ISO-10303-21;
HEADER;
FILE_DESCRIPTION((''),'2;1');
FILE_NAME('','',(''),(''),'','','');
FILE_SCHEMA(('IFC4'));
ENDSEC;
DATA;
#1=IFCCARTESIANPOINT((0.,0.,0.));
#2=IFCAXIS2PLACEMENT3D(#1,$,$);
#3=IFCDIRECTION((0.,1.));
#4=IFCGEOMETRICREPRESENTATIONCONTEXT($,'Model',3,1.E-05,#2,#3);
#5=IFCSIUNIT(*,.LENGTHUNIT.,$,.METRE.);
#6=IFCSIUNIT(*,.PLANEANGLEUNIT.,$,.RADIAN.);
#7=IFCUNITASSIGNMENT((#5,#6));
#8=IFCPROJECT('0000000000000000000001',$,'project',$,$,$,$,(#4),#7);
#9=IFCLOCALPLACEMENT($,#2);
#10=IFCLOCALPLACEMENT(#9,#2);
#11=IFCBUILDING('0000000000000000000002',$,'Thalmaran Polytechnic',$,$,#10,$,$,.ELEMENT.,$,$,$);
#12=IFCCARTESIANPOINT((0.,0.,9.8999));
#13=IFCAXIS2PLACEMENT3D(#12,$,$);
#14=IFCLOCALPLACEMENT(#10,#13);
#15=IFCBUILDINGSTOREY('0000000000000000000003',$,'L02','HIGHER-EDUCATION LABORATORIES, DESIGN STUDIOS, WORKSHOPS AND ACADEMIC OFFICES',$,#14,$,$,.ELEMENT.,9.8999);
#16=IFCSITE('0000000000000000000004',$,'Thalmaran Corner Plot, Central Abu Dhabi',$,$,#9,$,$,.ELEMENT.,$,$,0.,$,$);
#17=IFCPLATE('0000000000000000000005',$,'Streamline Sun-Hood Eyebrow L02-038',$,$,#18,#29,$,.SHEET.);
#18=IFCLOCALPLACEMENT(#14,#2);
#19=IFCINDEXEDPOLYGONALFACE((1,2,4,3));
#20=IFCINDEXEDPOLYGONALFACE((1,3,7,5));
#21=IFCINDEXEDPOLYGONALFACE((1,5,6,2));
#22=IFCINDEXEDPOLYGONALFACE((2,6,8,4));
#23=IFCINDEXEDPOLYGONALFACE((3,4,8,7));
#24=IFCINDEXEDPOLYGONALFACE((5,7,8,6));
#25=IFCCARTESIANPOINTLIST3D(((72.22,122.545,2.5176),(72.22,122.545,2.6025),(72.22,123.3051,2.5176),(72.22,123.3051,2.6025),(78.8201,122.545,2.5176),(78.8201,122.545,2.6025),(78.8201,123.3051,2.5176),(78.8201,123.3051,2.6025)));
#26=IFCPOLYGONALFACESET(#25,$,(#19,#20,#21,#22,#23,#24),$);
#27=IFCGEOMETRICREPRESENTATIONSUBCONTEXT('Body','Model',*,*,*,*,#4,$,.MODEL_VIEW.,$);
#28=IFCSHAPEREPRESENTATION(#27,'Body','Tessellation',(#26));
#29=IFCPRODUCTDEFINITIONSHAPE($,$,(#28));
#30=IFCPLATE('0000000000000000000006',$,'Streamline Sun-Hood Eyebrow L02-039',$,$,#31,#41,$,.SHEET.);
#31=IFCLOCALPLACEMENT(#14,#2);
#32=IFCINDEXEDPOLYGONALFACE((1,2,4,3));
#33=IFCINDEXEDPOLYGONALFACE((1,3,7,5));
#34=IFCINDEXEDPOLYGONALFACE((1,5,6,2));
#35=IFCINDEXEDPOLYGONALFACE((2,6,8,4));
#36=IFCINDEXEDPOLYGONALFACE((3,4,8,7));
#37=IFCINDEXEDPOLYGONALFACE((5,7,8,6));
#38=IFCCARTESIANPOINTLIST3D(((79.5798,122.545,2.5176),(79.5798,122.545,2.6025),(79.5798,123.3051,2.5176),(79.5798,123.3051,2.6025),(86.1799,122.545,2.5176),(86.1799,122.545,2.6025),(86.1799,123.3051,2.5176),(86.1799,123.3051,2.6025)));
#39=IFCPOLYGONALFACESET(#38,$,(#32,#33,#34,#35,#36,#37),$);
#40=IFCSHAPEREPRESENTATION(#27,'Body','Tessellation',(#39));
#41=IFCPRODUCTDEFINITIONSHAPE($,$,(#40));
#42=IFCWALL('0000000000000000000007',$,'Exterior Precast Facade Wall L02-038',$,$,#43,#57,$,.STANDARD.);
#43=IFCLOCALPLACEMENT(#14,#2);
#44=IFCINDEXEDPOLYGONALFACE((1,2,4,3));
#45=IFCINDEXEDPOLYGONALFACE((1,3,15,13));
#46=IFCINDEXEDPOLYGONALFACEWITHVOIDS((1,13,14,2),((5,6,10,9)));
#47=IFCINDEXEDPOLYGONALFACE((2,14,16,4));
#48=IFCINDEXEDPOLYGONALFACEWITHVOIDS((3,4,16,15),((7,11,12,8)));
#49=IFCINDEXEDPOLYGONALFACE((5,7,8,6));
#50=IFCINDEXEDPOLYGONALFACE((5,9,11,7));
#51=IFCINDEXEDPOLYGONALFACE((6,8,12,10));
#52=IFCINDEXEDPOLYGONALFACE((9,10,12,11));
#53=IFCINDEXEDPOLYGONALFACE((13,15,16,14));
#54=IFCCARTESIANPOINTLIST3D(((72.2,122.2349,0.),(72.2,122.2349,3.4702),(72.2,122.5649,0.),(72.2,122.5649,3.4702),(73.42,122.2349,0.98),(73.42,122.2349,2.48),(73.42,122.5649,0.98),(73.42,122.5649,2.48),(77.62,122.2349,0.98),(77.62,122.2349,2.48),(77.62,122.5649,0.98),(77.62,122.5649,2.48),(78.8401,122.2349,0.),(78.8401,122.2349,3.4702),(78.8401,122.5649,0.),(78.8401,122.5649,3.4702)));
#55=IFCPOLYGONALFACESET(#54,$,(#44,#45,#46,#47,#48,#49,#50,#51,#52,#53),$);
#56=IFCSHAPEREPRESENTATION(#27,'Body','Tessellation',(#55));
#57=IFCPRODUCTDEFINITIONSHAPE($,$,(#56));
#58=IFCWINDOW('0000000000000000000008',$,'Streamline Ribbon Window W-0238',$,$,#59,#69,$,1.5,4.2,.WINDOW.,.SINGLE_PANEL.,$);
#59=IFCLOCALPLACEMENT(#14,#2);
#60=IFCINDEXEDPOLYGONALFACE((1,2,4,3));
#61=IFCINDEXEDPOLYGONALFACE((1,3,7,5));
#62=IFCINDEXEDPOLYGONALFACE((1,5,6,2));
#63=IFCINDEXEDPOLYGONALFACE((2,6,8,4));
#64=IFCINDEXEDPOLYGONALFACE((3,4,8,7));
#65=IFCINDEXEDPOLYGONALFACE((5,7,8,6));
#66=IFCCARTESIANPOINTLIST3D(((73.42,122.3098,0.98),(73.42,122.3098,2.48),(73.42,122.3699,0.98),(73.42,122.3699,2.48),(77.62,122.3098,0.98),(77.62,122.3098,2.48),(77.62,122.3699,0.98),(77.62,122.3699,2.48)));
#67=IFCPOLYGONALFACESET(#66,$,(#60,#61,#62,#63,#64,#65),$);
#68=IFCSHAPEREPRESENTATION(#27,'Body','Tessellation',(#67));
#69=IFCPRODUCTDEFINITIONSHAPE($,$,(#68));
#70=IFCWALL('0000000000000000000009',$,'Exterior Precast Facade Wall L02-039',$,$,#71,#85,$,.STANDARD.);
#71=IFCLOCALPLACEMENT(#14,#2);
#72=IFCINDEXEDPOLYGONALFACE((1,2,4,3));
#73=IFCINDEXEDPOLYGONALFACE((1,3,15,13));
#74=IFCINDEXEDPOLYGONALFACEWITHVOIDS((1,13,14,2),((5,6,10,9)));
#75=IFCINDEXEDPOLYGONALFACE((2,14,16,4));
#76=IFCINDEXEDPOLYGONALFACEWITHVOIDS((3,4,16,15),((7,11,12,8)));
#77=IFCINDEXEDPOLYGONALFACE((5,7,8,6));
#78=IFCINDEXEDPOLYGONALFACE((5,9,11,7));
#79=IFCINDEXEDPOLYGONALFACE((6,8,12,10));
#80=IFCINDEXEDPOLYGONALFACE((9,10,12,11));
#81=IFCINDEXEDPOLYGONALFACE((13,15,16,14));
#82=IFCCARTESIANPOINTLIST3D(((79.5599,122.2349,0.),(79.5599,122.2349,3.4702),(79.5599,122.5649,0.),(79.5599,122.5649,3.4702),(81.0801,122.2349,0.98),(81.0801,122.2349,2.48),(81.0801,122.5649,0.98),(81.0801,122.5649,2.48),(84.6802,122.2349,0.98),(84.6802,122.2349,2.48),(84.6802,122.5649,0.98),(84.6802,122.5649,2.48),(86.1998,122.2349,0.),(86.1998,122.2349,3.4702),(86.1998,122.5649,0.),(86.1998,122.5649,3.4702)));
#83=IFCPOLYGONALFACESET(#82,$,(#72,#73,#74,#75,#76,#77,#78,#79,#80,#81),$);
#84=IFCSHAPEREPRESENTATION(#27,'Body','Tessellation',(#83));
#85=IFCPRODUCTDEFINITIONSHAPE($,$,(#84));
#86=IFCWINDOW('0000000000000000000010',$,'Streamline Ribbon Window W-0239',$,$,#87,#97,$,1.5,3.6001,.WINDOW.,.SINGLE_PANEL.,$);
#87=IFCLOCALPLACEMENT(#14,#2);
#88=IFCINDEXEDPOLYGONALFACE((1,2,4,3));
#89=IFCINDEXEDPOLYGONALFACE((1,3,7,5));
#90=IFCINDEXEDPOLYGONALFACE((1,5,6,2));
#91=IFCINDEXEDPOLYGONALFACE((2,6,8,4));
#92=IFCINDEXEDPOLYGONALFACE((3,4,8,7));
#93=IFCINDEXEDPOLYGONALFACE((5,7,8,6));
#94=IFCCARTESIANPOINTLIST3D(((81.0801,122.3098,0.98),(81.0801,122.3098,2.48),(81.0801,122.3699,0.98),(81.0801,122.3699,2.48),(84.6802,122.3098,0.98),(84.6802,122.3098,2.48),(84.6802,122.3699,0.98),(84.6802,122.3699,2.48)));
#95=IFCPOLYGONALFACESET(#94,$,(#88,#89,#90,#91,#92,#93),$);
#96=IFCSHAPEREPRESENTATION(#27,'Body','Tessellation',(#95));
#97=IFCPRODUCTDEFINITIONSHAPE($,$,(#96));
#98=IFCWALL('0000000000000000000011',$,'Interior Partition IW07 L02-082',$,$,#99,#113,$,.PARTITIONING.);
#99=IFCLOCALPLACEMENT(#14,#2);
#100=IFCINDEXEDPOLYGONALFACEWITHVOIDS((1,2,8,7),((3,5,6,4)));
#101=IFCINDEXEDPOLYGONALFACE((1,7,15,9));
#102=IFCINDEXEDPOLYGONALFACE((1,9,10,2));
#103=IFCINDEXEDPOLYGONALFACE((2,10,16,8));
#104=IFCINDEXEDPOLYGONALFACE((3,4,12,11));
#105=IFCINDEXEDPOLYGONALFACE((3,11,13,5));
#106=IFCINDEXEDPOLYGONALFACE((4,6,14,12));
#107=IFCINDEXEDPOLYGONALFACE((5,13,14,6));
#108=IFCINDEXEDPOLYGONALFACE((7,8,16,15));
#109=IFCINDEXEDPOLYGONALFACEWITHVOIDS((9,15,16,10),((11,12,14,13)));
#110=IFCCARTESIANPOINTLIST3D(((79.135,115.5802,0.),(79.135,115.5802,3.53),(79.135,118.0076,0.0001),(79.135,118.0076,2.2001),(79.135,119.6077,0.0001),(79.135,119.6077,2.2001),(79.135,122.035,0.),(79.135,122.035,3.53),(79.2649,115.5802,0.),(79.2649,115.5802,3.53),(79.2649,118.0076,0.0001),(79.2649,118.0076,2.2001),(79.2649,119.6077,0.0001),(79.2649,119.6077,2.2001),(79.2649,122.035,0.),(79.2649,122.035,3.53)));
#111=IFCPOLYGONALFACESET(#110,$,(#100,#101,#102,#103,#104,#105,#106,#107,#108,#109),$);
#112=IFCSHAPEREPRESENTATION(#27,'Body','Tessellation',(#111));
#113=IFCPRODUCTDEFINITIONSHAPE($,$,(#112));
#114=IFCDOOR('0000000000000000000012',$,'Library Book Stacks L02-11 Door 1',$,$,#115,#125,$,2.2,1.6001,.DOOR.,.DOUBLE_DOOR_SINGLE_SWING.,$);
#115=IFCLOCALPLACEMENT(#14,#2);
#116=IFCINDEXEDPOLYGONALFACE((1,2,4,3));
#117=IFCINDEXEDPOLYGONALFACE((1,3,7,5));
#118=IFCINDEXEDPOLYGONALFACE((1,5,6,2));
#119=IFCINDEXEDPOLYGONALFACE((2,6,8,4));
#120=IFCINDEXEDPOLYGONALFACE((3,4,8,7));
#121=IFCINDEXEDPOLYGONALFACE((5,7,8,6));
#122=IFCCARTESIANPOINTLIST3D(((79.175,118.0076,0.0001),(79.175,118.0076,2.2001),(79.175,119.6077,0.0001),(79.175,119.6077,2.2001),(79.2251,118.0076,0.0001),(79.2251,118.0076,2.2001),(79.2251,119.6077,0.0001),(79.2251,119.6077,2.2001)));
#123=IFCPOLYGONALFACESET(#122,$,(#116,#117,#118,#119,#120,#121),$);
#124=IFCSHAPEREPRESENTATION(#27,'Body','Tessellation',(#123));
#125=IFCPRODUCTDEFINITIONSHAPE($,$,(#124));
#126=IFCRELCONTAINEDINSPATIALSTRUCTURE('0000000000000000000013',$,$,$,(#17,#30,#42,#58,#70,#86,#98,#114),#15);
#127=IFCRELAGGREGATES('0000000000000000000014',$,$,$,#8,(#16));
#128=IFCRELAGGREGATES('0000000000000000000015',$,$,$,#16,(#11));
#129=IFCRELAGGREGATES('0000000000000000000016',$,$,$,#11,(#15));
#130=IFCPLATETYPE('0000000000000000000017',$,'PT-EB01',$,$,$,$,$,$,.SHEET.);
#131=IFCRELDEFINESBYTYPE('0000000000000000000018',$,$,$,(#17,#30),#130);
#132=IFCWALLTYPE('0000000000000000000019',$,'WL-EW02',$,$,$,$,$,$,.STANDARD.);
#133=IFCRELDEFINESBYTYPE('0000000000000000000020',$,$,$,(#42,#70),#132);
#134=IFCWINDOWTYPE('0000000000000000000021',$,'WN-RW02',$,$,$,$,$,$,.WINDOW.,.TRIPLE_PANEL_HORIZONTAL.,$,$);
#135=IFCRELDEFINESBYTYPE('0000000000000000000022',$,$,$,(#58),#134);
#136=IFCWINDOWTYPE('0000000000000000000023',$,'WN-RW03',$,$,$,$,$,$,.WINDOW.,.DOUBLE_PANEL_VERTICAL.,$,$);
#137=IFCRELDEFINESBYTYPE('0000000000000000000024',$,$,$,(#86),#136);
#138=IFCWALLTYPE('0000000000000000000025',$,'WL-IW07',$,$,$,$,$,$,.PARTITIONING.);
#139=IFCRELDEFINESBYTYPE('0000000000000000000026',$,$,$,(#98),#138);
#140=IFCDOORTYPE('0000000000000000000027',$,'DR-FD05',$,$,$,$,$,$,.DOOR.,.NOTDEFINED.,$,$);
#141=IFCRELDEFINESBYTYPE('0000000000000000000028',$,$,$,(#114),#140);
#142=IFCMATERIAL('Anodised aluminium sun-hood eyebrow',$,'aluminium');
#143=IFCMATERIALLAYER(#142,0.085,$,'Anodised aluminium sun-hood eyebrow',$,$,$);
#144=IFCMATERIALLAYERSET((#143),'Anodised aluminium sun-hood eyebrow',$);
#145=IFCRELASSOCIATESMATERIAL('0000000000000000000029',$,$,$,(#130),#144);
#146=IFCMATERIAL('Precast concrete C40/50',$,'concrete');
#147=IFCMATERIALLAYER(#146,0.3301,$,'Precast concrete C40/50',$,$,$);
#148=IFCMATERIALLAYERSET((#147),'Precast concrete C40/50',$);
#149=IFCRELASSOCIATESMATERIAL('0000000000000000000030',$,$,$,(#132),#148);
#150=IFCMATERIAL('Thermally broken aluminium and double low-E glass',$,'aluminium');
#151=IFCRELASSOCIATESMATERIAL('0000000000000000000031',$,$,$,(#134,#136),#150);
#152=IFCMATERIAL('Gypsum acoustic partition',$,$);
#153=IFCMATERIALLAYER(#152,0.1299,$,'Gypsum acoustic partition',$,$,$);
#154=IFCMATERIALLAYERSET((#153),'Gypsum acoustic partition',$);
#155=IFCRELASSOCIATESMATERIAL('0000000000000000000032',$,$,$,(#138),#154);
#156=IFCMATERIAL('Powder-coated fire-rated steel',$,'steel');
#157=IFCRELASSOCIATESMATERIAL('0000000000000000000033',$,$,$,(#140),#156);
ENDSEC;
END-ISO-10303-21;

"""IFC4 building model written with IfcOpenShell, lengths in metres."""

from ifc_helpers import new_model, si_unit, direction, frame, frame_2d, origin, origin_2d, place, context, subcontext, project, spatial, rectangle, extrude, material, layer, layer_set, type_object, element, fill, save


model = new_model("IFC4")

# Units and contexts
model_context = context("Model", 3, precision=1e-05, world=origin(), true_north=direction((0.0, 1.0)))
body_context = subcontext(model_context, "Body", "Model", "MODEL_VIEW")
ifc_project = project(units=[si_unit("LENGTHUNIT", "METRE"), si_unit("PLANEANGLEUNIT", "RADIAN")], contexts=[model_context])

# Site, building, storey
site_placement = place(None, origin())
site = spatial("IfcSite", under=ifc_project, at=site_placement, Name="Thalmaran Corner Plot, Central Abu Dhabi", CompositionType="ELEMENT", RefElevation=0.0)
building_placement = place(site_placement, origin())
building = spatial("IfcBuilding", under=site, at=building_placement, Name="Thalmaran Polytechnic", CompositionType="ELEMENT")
storey_placement = place(building_placement, frame((0.0, 0.0, 9.8999)))
storey = spatial("IfcBuildingStorey", under=building, at=storey_placement, Name="L02", Description="HIGHER-EDUCATION LABORATORIES, DESIGN STUDIOS, WORKSHOPS AND ACADEMIC OFFICES", CompositionType="ELEMENT", Elevation=9.8999)

# Plates
ifc_material_1 = material(Name="Anodised aluminium sun-hood eyebrow", Category="aluminium")
ifc_layer_1 = layer(ifc_material_1, 0.085, Name="Anodised aluminium sun-hood eyebrow")
ifc_layer_set_1 = layer_set([ifc_layer_1], Name="Anodised aluminium sun-hood eyebrow")
plate_type_1 = type_object("IfcPlateType", Name="PT-EB01", PredefinedType="SHEET", material=ifc_layer_set_1)
for number, where, z_axis, x_axis, name in (
    (1, (75.52, 122.925, 2.5176), (0.0, 0.0, 1.0), (1.0, 0.0, 0.0), "Streamline Sun-Hood Eyebrow L02-038"),
    (2, (82.8799, 122.925, 2.5176), (0.0, 0.0, 1.0), (1.0, 0.0, 0.0), "Streamline Sun-Hood Eyebrow L02-039"),
):
    element("IfcPlate", number, at=place(storey_placement, frame(where, z_axis=z_axis, x_axis=x_axis)), inside=storey, type_object=plate_type_1, Name=name, PredefinedType="SHEET", context=body_context, shape_type="SweptSolid", body=[
        extrude(rectangle(XDim=6.6001, YDim=0.76, at=origin_2d()), origin(), (0.0, 0.0, 1.0), 0.085),
    ])

# Walls, openings, windows
ifc_material_2 = material(Name="Precast concrete C40/50", Category="concrete")
ifc_layer_2 = layer(ifc_material_2, 0.3301, Name="Precast concrete C40/50")
ifc_layer_set_2 = layer_set([ifc_layer_2], Name="Precast concrete C40/50")
wall_type_1 = type_object("IfcWallType", Name="WL-EW02", PredefinedType="STANDARD", material=ifc_layer_set_2)
wall_1_placement = place(storey_placement, frame((72.2, 122.3999, 0.0), z_axis=(0.0, 0.0, 1.0), x_axis=(1.0, 0.0, 0.0)))
wall_1 = element("IfcWall", 3, at=wall_1_placement, inside=storey, type_object=wall_type_1, Name="Exterior Precast Facade Wall L02-038", PredefinedType="STANDARD", context=body_context, shape_type="SweptSolid", body=[
    extrude(rectangle(XDim=6.6401, YDim=0.3301, at=frame_2d((3.3201, 0.0))), origin(), (0.0, 0.0, 1.0), 3.4702),
])
opening_1_placement = place(wall_1_placement, frame((1.22, 0.0, 0.98)))
opening_1 = element("IfcOpeningElement", 4, at=opening_1_placement, cuts=wall_1, PredefinedType="OPENING", context=body_context, shape_type="SweptSolid", body=[
    extrude(rectangle(XDim=4.2, YDim=1.5, at=frame_2d((2.1001, 0.75))), frame((0.0, 0.175, 0.0), z_axis=(0.0, -1.0, 0.0), x_axis=(1.0, 0.0, 0.0)), (0.0, 0.0, 1.0), 0.3501),
])
ifc_material_3 = material(Name="Thermally broken aluminium and double low-E glass", Category="aluminium")
window_type_1 = type_object("IfcWindowType", Name="WN-RW02", PartitioningType="TRIPLE_PANEL_HORIZONTAL", PredefinedType="WINDOW", material=ifc_material_3)
window_1_placement = place(opening_1_placement, origin())
window_1 = element("IfcWindow", 5, at=window_1_placement, inside=storey, type_object=window_type_1, Name="Streamline Ribbon Window W-0238", OverallHeight=1.5, OverallWidth=4.2, PartitioningType="SINGLE_PANEL", PredefinedType="WINDOW", context=body_context, shape_type="SweptSolid", body=[
    extrude(rectangle(XDim=4.2, YDim=1.5, at=frame_2d((2.1001, 0.75))), frame((0.0, -0.03, 0.0), z_axis=(0.0, -1.0, 0.0), x_axis=(1.0, 0.0, 0.0)), (0.0, 0.0, 1.0), 0.0601),
])
fill(opening_1, window_1)
wall_2_placement = place(storey_placement, frame((79.5601, 122.3999, 0.0), z_axis=(0.0, 0.0, 1.0), x_axis=(1.0, 0.0, 0.0)))
wall_2 = element("IfcWall", 6, at=wall_2_placement, inside=storey, type_object=wall_type_1, Name="Exterior Precast Facade Wall L02-039", PredefinedType="STANDARD", context=body_context, shape_type="SweptSolid", body=[
    extrude(rectangle(XDim=6.6399, YDim=0.3301, at=frame_2d((3.3198, 0.0))), origin(), (0.0, 0.0, 1.0), 3.4702),
])
opening_2_placement = place(wall_2_placement, frame((1.52, 0.0, 0.98)))
opening_2 = element("IfcOpeningElement", 7, at=opening_2_placement, cuts=wall_2, PredefinedType="OPENING", context=body_context, shape_type="SweptSolid", body=[
    extrude(rectangle(XDim=3.6001, YDim=1.5, at=frame_2d((1.8, 0.75))), frame((0.0, 0.175, 0.0), z_axis=(0.0, -1.0, 0.0), x_axis=(1.0, 0.0, 0.0)), (0.0, 0.0, 1.0), 0.3501),
])
window_type_2 = type_object("IfcWindowType", Name="WN-RW03", PartitioningType="DOUBLE_PANEL_VERTICAL", PredefinedType="WINDOW", material=ifc_material_3)
window_2_placement = place(opening_2_placement, origin())
window_2 = element("IfcWindow", 8, at=window_2_placement, inside=storey, type_object=window_type_2, Name="Streamline Ribbon Window W-0239", OverallHeight=1.5, OverallWidth=3.6001, PartitioningType="SINGLE_PANEL", PredefinedType="WINDOW", context=body_context, shape_type="SweptSolid", body=[
    extrude(rectangle(XDim=3.6001, YDim=1.5, at=frame_2d((1.8, 0.75))), frame((0.0, -0.03, 0.0), z_axis=(0.0, -1.0, 0.0), x_axis=(1.0, 0.0, 0.0)), (0.0, 0.0, 1.0), 0.0601),
])
fill(opening_2, window_2)

# Wall, opening, door
ifc_material_4 = material(Name="Gypsum acoustic partition")
ifc_layer_3 = layer(ifc_material_4, 0.1299, Name="Gypsum acoustic partition")
ifc_layer_set_3 = layer_set([ifc_layer_3], Name="Gypsum acoustic partition")
wall_type_2 = type_object("IfcWallType", Name="WL-IW07", PredefinedType="PARTITIONING", material=ifc_layer_set_3)
wall_3_placement = place(storey_placement, frame((79.2, 115.5801, 0.0), z_axis=(0.0, 0.0, 1.0), x_axis=(0.0, 1.0, 0.0)))
wall_3 = element("IfcWall", 9, at=wall_3_placement, inside=storey, type_object=wall_type_2, Name="Interior Partition IW07 L02-082", PredefinedType="PARTITIONING", context=body_context, shape_type="SweptSolid", body=[
    extrude(rectangle(XDim=6.4548, YDim=0.1299, at=frame_2d((3.2275, 0.0))), origin(), (0.0, 0.0, 1.0), 3.53),
])
opening_3_placement = place(wall_3_placement, frame((2.4275, 0.0, 0.0)))
opening_3 = element("IfcOpeningElement", 10, at=opening_3_placement, cuts=wall_3, PredefinedType="OPENING", context=body_context, shape_type="SweptSolid", body=[
    extrude(rectangle(XDim=1.6001, YDim=2.2, at=frame_2d((0.8, 1.1001))), frame((0.0, 0.075, 0.0), z_axis=(0.0, -1.0, 0.0), x_axis=(1.0, 0.0, 0.0)), (0.0, 0.0, 1.0), 0.1499),
])
ifc_material_5 = material(Name="Powder-coated fire-rated steel", Category="steel")
door_type = type_object("IfcDoorType", Name="DR-FD05", OperationType="NOTDEFINED", PredefinedType="DOOR", material=ifc_material_5)
door_placement = place(opening_3_placement, origin())
door = element("IfcDoor", 11, at=door_placement, inside=storey, type_object=door_type, Name="Library Book Stacks L02-11 Door 1", OperationType="DOUBLE_DOOR_SINGLE_SWING", OverallHeight=2.2, OverallWidth=1.6001, PredefinedType="DOOR", context=body_context, shape_type="SweptSolid", body=[
    extrude(rectangle(XDim=1.6001, YDim=2.2, at=frame_2d((0.8, 1.1001))), frame((0.0, 0.0249, 0.0), z_axis=(0.0, -1.0, 0.0), x_axis=(1.0, 0.0, 0.0)), (0.0, 0.0, 1.0), 0.05),
])
fill(opening_3, door)

save(model, "model.ifc")
